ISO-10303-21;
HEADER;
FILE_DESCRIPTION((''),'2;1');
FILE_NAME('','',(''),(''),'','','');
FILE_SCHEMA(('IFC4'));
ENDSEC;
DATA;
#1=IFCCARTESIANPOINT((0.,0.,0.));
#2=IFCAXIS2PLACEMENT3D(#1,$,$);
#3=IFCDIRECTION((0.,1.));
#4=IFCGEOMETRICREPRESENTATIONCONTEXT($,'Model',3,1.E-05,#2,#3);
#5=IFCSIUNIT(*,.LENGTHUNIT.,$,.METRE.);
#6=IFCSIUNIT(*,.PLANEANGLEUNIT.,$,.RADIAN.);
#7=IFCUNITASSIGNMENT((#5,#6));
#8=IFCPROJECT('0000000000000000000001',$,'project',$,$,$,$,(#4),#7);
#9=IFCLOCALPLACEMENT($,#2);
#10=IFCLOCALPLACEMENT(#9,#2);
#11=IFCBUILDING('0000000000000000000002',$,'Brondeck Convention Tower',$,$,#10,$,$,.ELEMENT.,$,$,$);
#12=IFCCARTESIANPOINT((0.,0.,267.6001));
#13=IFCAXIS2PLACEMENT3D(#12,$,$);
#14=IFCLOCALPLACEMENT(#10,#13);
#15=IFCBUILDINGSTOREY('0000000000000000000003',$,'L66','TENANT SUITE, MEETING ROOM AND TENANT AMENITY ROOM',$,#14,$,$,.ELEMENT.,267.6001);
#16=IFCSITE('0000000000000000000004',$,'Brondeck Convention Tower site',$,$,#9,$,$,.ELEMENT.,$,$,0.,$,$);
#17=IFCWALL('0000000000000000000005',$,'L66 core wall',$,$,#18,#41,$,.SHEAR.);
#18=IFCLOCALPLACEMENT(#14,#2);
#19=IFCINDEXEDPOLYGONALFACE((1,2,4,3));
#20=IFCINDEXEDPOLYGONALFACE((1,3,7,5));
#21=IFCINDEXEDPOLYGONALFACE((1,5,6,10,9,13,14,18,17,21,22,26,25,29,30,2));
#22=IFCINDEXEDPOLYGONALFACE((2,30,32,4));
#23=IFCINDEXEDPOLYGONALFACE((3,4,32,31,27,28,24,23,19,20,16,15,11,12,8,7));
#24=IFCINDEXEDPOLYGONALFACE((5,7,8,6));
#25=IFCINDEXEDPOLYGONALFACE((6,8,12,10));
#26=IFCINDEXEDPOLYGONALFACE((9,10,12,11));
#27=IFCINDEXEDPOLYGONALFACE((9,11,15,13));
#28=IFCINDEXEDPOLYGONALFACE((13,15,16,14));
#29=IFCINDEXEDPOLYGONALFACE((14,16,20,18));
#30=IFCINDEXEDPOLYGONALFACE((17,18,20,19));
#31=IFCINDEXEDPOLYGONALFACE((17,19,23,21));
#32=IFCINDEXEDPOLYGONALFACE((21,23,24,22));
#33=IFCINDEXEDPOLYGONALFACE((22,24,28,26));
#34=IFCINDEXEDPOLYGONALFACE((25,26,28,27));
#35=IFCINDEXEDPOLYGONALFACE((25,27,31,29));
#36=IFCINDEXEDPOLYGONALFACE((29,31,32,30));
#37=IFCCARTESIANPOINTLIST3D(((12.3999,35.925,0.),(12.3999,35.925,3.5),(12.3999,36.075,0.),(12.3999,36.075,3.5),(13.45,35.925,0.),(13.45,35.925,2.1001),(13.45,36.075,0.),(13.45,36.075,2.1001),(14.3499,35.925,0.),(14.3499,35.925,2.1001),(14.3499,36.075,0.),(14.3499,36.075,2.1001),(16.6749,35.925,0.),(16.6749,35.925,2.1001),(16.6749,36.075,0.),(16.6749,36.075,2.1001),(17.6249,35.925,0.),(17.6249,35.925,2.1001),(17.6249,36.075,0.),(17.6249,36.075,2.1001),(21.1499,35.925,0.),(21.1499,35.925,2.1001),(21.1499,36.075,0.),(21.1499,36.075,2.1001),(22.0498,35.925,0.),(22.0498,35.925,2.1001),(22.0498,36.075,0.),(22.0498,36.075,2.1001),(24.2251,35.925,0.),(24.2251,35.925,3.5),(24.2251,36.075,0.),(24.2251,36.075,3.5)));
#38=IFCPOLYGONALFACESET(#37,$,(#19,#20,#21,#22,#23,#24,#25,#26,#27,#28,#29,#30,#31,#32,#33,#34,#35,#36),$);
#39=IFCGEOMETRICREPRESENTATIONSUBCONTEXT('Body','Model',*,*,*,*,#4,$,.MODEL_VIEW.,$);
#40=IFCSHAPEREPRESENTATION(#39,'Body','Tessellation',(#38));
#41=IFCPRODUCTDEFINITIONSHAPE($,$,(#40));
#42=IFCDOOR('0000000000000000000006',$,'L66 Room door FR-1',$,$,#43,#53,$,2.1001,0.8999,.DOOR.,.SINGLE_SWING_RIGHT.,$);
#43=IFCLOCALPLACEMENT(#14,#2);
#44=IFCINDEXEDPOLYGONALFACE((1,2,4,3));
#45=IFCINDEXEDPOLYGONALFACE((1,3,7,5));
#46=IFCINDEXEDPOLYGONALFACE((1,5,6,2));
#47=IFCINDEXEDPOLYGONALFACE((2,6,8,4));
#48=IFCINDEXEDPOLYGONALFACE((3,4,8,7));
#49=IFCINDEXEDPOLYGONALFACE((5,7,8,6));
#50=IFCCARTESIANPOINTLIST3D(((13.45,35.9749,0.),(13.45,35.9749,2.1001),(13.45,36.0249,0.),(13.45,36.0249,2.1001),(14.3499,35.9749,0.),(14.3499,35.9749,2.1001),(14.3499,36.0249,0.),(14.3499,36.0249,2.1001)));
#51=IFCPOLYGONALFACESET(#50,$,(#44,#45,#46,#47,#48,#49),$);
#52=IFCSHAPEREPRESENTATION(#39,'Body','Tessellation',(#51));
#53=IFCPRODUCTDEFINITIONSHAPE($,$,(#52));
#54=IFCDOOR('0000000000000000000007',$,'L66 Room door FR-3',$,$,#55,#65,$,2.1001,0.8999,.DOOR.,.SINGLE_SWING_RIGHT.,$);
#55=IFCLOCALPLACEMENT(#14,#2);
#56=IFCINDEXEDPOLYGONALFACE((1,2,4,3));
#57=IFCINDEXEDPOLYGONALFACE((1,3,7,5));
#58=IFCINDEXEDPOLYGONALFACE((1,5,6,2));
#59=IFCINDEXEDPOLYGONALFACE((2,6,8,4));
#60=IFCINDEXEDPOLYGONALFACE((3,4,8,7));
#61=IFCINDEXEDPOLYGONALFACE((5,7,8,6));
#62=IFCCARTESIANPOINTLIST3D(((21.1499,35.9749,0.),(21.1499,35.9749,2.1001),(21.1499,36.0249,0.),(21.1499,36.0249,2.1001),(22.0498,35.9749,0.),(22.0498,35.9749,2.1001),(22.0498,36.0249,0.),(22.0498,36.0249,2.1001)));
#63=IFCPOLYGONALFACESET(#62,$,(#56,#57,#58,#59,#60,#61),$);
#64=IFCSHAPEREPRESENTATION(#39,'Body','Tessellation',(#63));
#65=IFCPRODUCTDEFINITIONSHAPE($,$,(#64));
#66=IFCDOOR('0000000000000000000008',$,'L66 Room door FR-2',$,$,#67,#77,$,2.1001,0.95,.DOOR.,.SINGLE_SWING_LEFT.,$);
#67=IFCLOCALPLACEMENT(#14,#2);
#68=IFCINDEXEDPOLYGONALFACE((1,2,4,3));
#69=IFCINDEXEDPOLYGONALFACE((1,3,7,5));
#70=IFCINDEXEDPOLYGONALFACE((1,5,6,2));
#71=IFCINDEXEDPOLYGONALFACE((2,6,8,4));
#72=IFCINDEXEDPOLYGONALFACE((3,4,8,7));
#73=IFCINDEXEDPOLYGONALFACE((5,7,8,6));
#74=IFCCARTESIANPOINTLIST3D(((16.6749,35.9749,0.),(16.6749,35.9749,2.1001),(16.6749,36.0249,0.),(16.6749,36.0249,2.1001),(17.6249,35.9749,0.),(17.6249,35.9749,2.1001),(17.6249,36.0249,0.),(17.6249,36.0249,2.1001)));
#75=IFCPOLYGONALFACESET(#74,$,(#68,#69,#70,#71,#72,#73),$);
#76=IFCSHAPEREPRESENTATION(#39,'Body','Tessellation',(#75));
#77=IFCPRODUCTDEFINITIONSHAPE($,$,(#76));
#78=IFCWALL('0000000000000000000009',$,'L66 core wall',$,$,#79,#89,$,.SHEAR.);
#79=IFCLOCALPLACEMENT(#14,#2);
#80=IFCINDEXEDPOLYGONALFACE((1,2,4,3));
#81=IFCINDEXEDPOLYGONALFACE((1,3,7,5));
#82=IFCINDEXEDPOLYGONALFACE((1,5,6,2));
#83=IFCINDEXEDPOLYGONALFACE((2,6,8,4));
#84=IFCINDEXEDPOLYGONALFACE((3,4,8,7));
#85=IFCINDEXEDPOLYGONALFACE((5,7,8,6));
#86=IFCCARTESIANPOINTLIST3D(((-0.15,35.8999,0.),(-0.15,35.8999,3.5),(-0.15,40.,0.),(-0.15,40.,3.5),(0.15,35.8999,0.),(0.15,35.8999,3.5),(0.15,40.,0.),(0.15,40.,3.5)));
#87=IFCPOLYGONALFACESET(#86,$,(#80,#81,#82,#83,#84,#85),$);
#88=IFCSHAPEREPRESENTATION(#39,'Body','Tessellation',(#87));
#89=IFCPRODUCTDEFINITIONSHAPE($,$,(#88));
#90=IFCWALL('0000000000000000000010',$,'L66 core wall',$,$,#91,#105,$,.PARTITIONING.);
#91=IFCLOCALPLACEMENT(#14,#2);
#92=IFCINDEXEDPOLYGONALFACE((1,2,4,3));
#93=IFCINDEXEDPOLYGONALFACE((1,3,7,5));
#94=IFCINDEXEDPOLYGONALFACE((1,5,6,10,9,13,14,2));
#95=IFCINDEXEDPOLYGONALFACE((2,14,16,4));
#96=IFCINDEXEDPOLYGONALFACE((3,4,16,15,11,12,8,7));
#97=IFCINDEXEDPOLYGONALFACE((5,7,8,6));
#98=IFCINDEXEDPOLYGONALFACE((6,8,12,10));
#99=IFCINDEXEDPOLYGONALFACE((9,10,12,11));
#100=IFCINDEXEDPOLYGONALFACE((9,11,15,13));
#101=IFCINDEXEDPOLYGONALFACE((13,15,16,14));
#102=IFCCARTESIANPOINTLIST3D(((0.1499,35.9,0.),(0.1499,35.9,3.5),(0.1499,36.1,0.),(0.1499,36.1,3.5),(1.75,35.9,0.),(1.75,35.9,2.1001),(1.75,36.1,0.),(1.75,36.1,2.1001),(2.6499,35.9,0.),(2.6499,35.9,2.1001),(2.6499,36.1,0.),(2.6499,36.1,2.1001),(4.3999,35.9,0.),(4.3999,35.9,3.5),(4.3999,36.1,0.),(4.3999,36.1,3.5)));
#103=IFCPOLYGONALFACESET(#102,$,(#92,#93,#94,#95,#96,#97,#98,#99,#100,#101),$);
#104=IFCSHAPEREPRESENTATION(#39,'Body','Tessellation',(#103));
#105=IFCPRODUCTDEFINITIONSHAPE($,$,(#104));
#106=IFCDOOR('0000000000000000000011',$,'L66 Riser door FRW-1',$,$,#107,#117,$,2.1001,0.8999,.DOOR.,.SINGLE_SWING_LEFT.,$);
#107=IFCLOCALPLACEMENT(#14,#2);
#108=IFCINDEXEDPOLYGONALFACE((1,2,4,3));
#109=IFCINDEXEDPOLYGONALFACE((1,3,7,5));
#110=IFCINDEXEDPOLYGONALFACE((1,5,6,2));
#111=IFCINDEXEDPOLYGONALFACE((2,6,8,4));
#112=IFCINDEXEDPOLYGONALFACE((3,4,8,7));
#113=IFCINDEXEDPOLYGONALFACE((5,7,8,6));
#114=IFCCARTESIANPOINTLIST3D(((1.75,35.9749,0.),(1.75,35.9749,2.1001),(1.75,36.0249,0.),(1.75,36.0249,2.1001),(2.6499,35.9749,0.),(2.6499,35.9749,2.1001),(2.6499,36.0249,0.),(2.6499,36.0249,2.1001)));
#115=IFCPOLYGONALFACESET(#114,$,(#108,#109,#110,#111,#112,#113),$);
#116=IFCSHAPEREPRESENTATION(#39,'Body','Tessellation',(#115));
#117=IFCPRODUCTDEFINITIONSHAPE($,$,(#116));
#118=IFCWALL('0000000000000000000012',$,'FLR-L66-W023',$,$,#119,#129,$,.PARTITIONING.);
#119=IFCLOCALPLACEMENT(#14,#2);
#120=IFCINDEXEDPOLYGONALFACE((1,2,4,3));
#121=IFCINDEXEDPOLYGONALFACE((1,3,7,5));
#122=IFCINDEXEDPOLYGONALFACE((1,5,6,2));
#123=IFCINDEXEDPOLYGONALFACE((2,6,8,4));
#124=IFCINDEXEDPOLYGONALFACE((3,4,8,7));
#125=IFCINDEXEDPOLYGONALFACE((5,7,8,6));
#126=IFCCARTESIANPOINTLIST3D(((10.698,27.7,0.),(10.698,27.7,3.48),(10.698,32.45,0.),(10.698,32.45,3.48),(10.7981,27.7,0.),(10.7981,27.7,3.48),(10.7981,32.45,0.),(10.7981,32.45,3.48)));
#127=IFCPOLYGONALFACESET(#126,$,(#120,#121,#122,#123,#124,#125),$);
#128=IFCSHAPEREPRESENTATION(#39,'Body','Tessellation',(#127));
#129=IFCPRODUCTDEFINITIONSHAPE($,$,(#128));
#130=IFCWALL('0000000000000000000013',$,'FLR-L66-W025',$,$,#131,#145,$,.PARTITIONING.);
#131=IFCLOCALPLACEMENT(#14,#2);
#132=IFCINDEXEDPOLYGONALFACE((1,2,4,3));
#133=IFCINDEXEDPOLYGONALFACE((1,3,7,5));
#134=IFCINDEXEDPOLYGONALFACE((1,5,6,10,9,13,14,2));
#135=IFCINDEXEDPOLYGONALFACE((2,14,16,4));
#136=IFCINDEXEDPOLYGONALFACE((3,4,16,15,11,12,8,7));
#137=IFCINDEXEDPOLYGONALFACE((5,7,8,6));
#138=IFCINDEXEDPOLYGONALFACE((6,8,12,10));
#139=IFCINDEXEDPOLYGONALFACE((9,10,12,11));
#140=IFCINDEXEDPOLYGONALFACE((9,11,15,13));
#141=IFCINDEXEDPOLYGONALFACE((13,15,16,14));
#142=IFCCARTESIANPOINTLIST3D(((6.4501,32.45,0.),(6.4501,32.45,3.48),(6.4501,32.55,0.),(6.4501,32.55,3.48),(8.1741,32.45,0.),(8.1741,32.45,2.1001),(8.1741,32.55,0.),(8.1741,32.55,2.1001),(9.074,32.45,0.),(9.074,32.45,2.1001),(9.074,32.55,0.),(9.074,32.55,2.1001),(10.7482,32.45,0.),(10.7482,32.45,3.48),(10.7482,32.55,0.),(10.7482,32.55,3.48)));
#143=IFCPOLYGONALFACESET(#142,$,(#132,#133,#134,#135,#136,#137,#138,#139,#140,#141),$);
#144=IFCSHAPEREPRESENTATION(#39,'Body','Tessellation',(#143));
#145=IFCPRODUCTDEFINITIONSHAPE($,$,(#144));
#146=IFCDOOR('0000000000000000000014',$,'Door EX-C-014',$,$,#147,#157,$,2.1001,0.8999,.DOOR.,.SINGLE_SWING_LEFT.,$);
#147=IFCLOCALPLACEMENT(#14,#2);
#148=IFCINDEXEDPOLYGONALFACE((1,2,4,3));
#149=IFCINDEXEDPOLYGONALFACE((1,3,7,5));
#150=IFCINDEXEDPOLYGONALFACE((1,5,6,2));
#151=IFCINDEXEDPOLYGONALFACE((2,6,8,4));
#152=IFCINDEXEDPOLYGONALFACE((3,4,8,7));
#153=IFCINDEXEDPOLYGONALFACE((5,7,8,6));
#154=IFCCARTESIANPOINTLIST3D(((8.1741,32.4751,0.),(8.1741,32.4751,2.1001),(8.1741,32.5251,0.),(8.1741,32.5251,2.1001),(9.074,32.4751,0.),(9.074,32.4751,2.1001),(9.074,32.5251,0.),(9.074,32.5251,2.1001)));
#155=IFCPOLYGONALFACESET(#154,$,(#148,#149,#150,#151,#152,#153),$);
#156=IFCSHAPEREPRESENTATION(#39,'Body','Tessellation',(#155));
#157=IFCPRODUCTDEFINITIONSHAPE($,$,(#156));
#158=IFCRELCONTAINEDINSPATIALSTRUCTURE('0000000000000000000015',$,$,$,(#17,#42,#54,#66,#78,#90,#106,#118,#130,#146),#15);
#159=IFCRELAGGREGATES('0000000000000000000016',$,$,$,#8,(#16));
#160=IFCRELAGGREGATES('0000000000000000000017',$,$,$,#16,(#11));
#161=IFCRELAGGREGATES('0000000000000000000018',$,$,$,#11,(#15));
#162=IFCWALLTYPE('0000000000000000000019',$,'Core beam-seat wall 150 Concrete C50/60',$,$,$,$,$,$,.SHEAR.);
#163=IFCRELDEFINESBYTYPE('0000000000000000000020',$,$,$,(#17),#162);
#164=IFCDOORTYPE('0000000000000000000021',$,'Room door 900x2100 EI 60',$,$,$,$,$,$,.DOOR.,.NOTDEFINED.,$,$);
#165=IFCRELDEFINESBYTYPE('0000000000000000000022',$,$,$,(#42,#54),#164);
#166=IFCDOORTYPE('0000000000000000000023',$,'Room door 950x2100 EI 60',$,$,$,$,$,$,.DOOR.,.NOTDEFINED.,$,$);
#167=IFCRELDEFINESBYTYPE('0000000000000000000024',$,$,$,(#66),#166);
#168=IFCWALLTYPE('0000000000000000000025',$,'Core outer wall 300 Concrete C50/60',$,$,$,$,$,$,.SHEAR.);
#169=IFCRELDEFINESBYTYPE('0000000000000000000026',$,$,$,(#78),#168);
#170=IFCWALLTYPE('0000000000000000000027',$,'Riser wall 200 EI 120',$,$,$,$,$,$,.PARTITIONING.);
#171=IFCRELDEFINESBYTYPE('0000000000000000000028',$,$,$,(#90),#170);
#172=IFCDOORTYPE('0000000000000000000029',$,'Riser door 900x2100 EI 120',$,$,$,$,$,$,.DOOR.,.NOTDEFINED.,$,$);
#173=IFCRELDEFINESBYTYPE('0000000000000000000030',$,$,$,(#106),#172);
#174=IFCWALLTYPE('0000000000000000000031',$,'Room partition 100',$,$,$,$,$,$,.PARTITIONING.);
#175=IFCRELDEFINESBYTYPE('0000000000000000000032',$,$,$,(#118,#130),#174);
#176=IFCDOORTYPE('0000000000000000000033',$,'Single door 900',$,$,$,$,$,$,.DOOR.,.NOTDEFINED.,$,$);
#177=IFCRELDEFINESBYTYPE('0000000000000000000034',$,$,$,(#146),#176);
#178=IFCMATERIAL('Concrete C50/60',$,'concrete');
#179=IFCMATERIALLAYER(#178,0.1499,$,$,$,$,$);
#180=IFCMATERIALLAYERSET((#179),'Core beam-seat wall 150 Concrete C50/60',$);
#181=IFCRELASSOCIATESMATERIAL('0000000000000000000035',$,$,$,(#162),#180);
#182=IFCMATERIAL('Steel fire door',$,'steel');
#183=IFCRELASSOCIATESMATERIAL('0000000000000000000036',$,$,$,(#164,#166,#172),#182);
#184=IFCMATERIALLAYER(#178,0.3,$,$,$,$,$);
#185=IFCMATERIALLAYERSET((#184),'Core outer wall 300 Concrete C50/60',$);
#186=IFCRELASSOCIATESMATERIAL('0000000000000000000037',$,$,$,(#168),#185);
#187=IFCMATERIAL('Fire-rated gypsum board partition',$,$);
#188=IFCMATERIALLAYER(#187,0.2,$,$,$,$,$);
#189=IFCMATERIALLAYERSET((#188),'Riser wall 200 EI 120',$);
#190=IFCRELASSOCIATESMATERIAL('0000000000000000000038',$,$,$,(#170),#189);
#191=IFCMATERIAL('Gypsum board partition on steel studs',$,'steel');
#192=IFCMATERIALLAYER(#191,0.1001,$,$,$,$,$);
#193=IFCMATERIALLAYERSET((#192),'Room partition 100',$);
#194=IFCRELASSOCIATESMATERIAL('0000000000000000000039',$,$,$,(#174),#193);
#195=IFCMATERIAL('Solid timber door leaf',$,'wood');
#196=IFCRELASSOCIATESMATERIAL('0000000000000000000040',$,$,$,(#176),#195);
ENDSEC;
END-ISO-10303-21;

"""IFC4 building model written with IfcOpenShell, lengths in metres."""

from ifc_helpers import new_model, si_unit, direction, frame, frame_2d, origin, place, context, subcontext, project, spatial, rectangle, extrude, material, layer, layer_set, type_object, element, fill, save


model = new_model("IFC4")

# Units and contexts
model_context = context("Model", 3, precision=1e-05, world=origin(), true_north=direction((0.0, 1.0)))
body_context = subcontext(model_context, "Body", "Model", "MODEL_VIEW")
ifc_project = project(units=[si_unit("LENGTHUNIT", "METRE"), si_unit("PLANEANGLEUNIT", "RADIAN")], contexts=[model_context])

# Site, building, storey
site_placement = place(None, origin())
site = spatial("IfcSite", under=ifc_project, at=site_placement, Name="Brondeck Convention Tower site", CompositionType="ELEMENT", RefElevation=0.0)
building_placement = place(site_placement, origin())
building = spatial("IfcBuilding", under=site, at=building_placement, Name="Brondeck Convention Tower", CompositionType="ELEMENT")
storey_placement = place(building_placement, frame((0.0, 0.0, 267.6001)))
storey = spatial("IfcBuildingStorey", under=building, at=storey_placement, Name="L66", Description="TENANT SUITE, MEETING ROOM AND TENANT AMENITY ROOM", CompositionType="ELEMENT", Elevation=267.6001)

# Shared definitions
ifc_material_1 = material(Name="Concrete C50/60", Category="concrete")

# Wall, openings, doors
ifc_layer_1 = layer(ifc_material_1, 0.1499)
ifc_layer_set_1 = layer_set([ifc_layer_1], Name="Core beam-seat wall 150 Concrete C50/60")
wall_type_1 = type_object("IfcWallType", Name="Core beam-seat wall 150 Concrete C50/60", PredefinedType="SHEAR", material=ifc_layer_set_1)
wall_1_placement = place(storey_placement, frame((12.3999, 36.0, 0.0), z_axis=(0.0, 0.0, 1.0), x_axis=(1.0, 0.0, 0.0)))
wall_1 = element("IfcWall", 1, at=wall_1_placement, inside=storey, type_object=wall_type_1, Name="L66 core wall", PredefinedType="SHEAR", context=body_context, shape_type="SweptSolid", body=[
    extrude(rectangle(XDim=11.8252, YDim=0.1499, at=frame_2d((5.9126, 0.0))), origin(), (0.0, 0.0, 1.0), 3.5),
])
opening_1_placement = place(wall_1_placement, frame((1.05, 0.0, 0.0)))
opening_1 = element("IfcOpeningElement", 2, at=opening_1_placement, cuts=wall_1, PredefinedType="OPENING", context=body_context, shape_type="SweptSolid", body=[
    extrude(rectangle(XDim=0.8999, YDim=2.1001, at=frame_2d((0.45, 1.05))), frame((0.0, 0.085, 0.0), z_axis=(0.0, -1.0, 0.0), x_axis=(1.0, 0.0, 0.0)), (0.0, 0.0, 1.0), 0.1699),
])
opening_2_placement = place(wall_1_placement, frame((4.2749, 0.0, 0.0)))
opening_2 = element("IfcOpeningElement", 3, at=opening_2_placement, cuts=wall_1, PredefinedType="OPENING", context=body_context, shape_type="SweptSolid", body=[
    extrude(rectangle(XDim=0.95, YDim=2.1001, at=frame_2d((0.4751, 1.05))), frame((0.0, 0.085, 0.0), z_axis=(0.0, -1.0, 0.0), x_axis=(1.0, 0.0, 0.0)), (0.0, 0.0, 1.0), 0.1699),
])
opening_3_placement = place(wall_1_placement, frame((8.75, 0.0, 0.0)))
opening_3 = element("IfcOpeningElement", 4, at=opening_3_placement, cuts=wall_1, PredefinedType="OPENING", context=body_context, shape_type="SweptSolid", body=[
    extrude(rectangle(XDim=0.8999, YDim=2.1001, at=frame_2d((0.45, 1.05))), frame((0.0, 0.085, 0.0), z_axis=(0.0, -1.0, 0.0), x_axis=(1.0, 0.0, 0.0)), (0.0, 0.0, 1.0), 0.1699),
])
ifc_material_2 = material(Name="Steel fire door", Category="steel")
door_type_1 = type_object("IfcDoorType", Name="Room door 900x2100 EI 60", OperationType="NOTDEFINED", PredefinedType="DOOR", material=ifc_material_2)
door_1_placement = place(opening_1_placement, origin())
door_1 = element("IfcDoor", 5, at=door_1_placement, inside=storey, type_object=door_type_1, Name="L66 Room door FR-1", OperationType="SINGLE_SWING_RIGHT", OverallHeight=2.1001, OverallWidth=0.8999, PredefinedType="DOOR", context=body_context, shape_type="SweptSolid", body=[
    extrude(rectangle(XDim=0.8999, YDim=2.1001, at=frame_2d((0.45, 1.05))), frame((0.0, 0.0249, 0.0), z_axis=(0.0, -1.0, 0.0), x_axis=(1.0, 0.0, 0.0)), (0.0, 0.0, 1.0), 0.05),
])
fill(opening_1, door_1)
door_2_placement = place(opening_3_placement, origin())
door_2 = element("IfcDoor", 6, at=door_2_placement, inside=storey, type_object=door_type_1, Name="L66 Room door FR-3", OperationType="SINGLE_SWING_RIGHT", OverallHeight=2.1001, OverallWidth=0.8999, PredefinedType="DOOR", context=body_context, shape_type="SweptSolid", body=[
    extrude(rectangle(XDim=0.8999, YDim=2.1001, at=frame_2d((0.45, 1.05))), frame((0.0, 0.0249, 0.0), z_axis=(0.0, -1.0, 0.0), x_axis=(1.0, 0.0, 0.0)), (0.0, 0.0, 1.0), 0.05),
])
fill(opening_3, door_2)
door_type_2 = type_object("IfcDoorType", Name="Room door 950x2100 EI 60", OperationType="NOTDEFINED", PredefinedType="DOOR", material=ifc_material_2)
door_3_placement = place(opening_2_placement, origin())
door_3 = element("IfcDoor", 7, at=door_3_placement, inside=storey, type_object=door_type_2, Name="L66 Room door FR-2", OperationType="SINGLE_SWING_LEFT", OverallHeight=2.1001, OverallWidth=0.95, PredefinedType="DOOR", context=body_context, shape_type="SweptSolid", body=[
    extrude(rectangle(XDim=0.95, YDim=2.1001, at=frame_2d((0.4751, 1.05))), frame((0.0, 0.0249, 0.0), z_axis=(0.0, -1.0, 0.0), x_axis=(1.0, 0.0, 0.0)), (0.0, 0.0, 1.0), 0.05),
])
fill(opening_2, door_3)

# Wall
ifc_layer_2 = layer(ifc_material_1, 0.3)
ifc_layer_set_2 = layer_set([ifc_layer_2], Name="Core outer wall 300 Concrete C50/60")
wall_type_2 = type_object("IfcWallType", Name="Core outer wall 300 Concrete C50/60", PredefinedType="SHEAR", material=ifc_layer_set_2)
wall_2_placement = place(storey_placement, frame((0.0, 35.8999, 0.0), z_axis=(0.0, 0.0, 1.0), x_axis=(0.0, 1.0, 0.0)))
element("IfcWall", 8, at=wall_2_placement, inside=storey, type_object=wall_type_2, Name="L66 core wall", PredefinedType="SHEAR", context=body_context, shape_type="SweptSolid", body=[
    extrude(rectangle(XDim=4.1001, YDim=0.3, at=frame_2d((2.05, 0.0))), origin(), (0.0, 0.0, 1.0), 3.5),
])

# Wall, opening, door
ifc_material_3 = material(Name="Fire-rated gypsum board partition")
ifc_layer_3 = layer(ifc_material_3, 0.2)
ifc_layer_set_3 = layer_set([ifc_layer_3], Name="Riser wall 200 EI 120")
wall_type_3 = type_object("IfcWallType", Name="Riser wall 200 EI 120", PredefinedType="PARTITIONING", material=ifc_layer_set_3)
wall_3_placement = place(storey_placement, frame((0.1499, 36.0, 0.0), z_axis=(0.0, 0.0, 1.0), x_axis=(1.0, 0.0, 0.0)))
wall_3 = element("IfcWall", 9, at=wall_3_placement, inside=storey, type_object=wall_type_3, Name="L66 core wall", PredefinedType="PARTITIONING", context=body_context, shape_type="SweptSolid", body=[
    extrude(rectangle(XDim=4.25, YDim=0.2, at=frame_2d((2.125, 0.0))), origin(), (0.0, 0.0, 1.0), 3.5),
])
opening_4_placement = place(wall_3_placement, frame((1.6001, 0.0, 0.0)))
opening_4 = element("IfcOpeningElement", 10, at=opening_4_placement, cuts=wall_3, PredefinedType="OPENING", context=body_context, shape_type="SweptSolid", body=[
    extrude(rectangle(XDim=0.8999, YDim=2.1001, at=frame_2d((0.45, 1.05))), frame((0.0, 0.1099, 0.0), z_axis=(0.0, -1.0, 0.0), x_axis=(1.0, 0.0, 0.0)), (0.0, 0.0, 1.0), 0.22),
])
door_type_3 = type_object("IfcDoorType", Name="Riser door 900x2100 EI 120", OperationType="NOTDEFINED", PredefinedType="DOOR", material=ifc_material_2)
door_4_placement = place(opening_4_placement, origin())
door_4 = element("IfcDoor", 11, at=door_4_placement, inside=storey, type_object=door_type_3, Name="L66 Riser door FRW-1", OperationType="SINGLE_SWING_LEFT", OverallHeight=2.1001, OverallWidth=0.8999, PredefinedType="DOOR", context=body_context, shape_type="SweptSolid", body=[
    extrude(rectangle(XDim=0.8999, YDim=2.1001, at=frame_2d((0.45, 1.05))), frame((0.0, 0.0249, 0.0), z_axis=(0.0, -1.0, 0.0), x_axis=(1.0, 0.0, 0.0)), (0.0, 0.0, 1.0), 0.05),
])
fill(opening_4, door_4)

# Wall
ifc_material_4 = material(Name="Gypsum board partition on steel studs", Category="steel")
ifc_layer_4 = layer(ifc_material_4, 0.1001)
ifc_layer_set_4 = layer_set([ifc_layer_4], Name="Room partition 100")
wall_type_4 = type_object("IfcWallType", Name="Room partition 100", PredefinedType="PARTITIONING", material=ifc_layer_set_4)
wall_4_placement = place(storey_placement, frame((10.748, 32.45, 0.0), z_axis=(0.0, 0.0, 1.0), x_axis=(0.0, -1.0, 0.0)))
element("IfcWall", 12, at=wall_4_placement, inside=storey, type_object=wall_type_4, Name="FLR-L66-W023", PredefinedType="PARTITIONING", context=body_context, shape_type="SweptSolid", body=[
    extrude(rectangle(XDim=4.75, YDim=0.1001, at=frame_2d((2.375, 0.0))), origin(), (0.0, 0.0, 1.0), 3.48),
])

# Wall, opening, door
wall_5_placement = place(storey_placement, frame((10.748, 32.5, 0.0), z_axis=(0.0, 0.0, 1.0), x_axis=(-1.0, 0.0, 0.0)))
wall_5 = element("IfcWall", 13, at=wall_5_placement, inside=storey, type_object=wall_type_4, Name="FLR-L66-W025", PredefinedType="PARTITIONING", context=body_context, shape_type="SweptSolid", body=[
    extrude(rectangle(XDim=4.2981, YDim=0.1001, at=frame_2d((2.1489, 0.0))), origin(), (0.0, 0.0, 1.0), 3.48),
])
opening_5_placement = place(wall_5_placement, frame((1.6741, 0.0, 0.0)))
opening_5 = element("IfcOpeningElement", 14, at=opening_5_placement, cuts=wall_5, PredefinedType="OPENING", context=body_context, shape_type="SweptSolid", body=[
    extrude(rectangle(XDim=0.8999, YDim=2.1001, at=frame_2d((0.45, 1.05))), frame((0.0, 0.0601, 0.0), z_axis=(0.0, -1.0, 0.0), x_axis=(1.0, 0.0, 0.0)), (0.0, 0.0, 1.0), 0.1201),
])
ifc_material_5 = material(Name="Solid timber door leaf", Category="wood")
door_type_4 = type_object("IfcDoorType", Name="Single door 900", OperationType="NOTDEFINED", PredefinedType="DOOR", material=ifc_material_5)
door_5_placement = place(opening_5_placement, origin())
door_5 = element("IfcDoor", 15, at=door_5_placement, inside=storey, type_object=door_type_4, Name="Door EX-C-014", OperationType="SINGLE_SWING_LEFT", OverallHeight=2.1001, OverallWidth=0.8999, PredefinedType="DOOR", context=body_context, shape_type="SweptSolid", body=[
    extrude(rectangle(XDim=0.8999, YDim=2.1001, at=frame_2d((0.45, 1.05))), frame((0.0, 0.0249, 0.0), z_axis=(0.0, -1.0, 0.0), x_axis=(1.0, 0.0, 0.0)), (0.0, 0.0, 1.0), 0.05),
])
fill(opening_5, door_5)

save(model, "model.ifc")
